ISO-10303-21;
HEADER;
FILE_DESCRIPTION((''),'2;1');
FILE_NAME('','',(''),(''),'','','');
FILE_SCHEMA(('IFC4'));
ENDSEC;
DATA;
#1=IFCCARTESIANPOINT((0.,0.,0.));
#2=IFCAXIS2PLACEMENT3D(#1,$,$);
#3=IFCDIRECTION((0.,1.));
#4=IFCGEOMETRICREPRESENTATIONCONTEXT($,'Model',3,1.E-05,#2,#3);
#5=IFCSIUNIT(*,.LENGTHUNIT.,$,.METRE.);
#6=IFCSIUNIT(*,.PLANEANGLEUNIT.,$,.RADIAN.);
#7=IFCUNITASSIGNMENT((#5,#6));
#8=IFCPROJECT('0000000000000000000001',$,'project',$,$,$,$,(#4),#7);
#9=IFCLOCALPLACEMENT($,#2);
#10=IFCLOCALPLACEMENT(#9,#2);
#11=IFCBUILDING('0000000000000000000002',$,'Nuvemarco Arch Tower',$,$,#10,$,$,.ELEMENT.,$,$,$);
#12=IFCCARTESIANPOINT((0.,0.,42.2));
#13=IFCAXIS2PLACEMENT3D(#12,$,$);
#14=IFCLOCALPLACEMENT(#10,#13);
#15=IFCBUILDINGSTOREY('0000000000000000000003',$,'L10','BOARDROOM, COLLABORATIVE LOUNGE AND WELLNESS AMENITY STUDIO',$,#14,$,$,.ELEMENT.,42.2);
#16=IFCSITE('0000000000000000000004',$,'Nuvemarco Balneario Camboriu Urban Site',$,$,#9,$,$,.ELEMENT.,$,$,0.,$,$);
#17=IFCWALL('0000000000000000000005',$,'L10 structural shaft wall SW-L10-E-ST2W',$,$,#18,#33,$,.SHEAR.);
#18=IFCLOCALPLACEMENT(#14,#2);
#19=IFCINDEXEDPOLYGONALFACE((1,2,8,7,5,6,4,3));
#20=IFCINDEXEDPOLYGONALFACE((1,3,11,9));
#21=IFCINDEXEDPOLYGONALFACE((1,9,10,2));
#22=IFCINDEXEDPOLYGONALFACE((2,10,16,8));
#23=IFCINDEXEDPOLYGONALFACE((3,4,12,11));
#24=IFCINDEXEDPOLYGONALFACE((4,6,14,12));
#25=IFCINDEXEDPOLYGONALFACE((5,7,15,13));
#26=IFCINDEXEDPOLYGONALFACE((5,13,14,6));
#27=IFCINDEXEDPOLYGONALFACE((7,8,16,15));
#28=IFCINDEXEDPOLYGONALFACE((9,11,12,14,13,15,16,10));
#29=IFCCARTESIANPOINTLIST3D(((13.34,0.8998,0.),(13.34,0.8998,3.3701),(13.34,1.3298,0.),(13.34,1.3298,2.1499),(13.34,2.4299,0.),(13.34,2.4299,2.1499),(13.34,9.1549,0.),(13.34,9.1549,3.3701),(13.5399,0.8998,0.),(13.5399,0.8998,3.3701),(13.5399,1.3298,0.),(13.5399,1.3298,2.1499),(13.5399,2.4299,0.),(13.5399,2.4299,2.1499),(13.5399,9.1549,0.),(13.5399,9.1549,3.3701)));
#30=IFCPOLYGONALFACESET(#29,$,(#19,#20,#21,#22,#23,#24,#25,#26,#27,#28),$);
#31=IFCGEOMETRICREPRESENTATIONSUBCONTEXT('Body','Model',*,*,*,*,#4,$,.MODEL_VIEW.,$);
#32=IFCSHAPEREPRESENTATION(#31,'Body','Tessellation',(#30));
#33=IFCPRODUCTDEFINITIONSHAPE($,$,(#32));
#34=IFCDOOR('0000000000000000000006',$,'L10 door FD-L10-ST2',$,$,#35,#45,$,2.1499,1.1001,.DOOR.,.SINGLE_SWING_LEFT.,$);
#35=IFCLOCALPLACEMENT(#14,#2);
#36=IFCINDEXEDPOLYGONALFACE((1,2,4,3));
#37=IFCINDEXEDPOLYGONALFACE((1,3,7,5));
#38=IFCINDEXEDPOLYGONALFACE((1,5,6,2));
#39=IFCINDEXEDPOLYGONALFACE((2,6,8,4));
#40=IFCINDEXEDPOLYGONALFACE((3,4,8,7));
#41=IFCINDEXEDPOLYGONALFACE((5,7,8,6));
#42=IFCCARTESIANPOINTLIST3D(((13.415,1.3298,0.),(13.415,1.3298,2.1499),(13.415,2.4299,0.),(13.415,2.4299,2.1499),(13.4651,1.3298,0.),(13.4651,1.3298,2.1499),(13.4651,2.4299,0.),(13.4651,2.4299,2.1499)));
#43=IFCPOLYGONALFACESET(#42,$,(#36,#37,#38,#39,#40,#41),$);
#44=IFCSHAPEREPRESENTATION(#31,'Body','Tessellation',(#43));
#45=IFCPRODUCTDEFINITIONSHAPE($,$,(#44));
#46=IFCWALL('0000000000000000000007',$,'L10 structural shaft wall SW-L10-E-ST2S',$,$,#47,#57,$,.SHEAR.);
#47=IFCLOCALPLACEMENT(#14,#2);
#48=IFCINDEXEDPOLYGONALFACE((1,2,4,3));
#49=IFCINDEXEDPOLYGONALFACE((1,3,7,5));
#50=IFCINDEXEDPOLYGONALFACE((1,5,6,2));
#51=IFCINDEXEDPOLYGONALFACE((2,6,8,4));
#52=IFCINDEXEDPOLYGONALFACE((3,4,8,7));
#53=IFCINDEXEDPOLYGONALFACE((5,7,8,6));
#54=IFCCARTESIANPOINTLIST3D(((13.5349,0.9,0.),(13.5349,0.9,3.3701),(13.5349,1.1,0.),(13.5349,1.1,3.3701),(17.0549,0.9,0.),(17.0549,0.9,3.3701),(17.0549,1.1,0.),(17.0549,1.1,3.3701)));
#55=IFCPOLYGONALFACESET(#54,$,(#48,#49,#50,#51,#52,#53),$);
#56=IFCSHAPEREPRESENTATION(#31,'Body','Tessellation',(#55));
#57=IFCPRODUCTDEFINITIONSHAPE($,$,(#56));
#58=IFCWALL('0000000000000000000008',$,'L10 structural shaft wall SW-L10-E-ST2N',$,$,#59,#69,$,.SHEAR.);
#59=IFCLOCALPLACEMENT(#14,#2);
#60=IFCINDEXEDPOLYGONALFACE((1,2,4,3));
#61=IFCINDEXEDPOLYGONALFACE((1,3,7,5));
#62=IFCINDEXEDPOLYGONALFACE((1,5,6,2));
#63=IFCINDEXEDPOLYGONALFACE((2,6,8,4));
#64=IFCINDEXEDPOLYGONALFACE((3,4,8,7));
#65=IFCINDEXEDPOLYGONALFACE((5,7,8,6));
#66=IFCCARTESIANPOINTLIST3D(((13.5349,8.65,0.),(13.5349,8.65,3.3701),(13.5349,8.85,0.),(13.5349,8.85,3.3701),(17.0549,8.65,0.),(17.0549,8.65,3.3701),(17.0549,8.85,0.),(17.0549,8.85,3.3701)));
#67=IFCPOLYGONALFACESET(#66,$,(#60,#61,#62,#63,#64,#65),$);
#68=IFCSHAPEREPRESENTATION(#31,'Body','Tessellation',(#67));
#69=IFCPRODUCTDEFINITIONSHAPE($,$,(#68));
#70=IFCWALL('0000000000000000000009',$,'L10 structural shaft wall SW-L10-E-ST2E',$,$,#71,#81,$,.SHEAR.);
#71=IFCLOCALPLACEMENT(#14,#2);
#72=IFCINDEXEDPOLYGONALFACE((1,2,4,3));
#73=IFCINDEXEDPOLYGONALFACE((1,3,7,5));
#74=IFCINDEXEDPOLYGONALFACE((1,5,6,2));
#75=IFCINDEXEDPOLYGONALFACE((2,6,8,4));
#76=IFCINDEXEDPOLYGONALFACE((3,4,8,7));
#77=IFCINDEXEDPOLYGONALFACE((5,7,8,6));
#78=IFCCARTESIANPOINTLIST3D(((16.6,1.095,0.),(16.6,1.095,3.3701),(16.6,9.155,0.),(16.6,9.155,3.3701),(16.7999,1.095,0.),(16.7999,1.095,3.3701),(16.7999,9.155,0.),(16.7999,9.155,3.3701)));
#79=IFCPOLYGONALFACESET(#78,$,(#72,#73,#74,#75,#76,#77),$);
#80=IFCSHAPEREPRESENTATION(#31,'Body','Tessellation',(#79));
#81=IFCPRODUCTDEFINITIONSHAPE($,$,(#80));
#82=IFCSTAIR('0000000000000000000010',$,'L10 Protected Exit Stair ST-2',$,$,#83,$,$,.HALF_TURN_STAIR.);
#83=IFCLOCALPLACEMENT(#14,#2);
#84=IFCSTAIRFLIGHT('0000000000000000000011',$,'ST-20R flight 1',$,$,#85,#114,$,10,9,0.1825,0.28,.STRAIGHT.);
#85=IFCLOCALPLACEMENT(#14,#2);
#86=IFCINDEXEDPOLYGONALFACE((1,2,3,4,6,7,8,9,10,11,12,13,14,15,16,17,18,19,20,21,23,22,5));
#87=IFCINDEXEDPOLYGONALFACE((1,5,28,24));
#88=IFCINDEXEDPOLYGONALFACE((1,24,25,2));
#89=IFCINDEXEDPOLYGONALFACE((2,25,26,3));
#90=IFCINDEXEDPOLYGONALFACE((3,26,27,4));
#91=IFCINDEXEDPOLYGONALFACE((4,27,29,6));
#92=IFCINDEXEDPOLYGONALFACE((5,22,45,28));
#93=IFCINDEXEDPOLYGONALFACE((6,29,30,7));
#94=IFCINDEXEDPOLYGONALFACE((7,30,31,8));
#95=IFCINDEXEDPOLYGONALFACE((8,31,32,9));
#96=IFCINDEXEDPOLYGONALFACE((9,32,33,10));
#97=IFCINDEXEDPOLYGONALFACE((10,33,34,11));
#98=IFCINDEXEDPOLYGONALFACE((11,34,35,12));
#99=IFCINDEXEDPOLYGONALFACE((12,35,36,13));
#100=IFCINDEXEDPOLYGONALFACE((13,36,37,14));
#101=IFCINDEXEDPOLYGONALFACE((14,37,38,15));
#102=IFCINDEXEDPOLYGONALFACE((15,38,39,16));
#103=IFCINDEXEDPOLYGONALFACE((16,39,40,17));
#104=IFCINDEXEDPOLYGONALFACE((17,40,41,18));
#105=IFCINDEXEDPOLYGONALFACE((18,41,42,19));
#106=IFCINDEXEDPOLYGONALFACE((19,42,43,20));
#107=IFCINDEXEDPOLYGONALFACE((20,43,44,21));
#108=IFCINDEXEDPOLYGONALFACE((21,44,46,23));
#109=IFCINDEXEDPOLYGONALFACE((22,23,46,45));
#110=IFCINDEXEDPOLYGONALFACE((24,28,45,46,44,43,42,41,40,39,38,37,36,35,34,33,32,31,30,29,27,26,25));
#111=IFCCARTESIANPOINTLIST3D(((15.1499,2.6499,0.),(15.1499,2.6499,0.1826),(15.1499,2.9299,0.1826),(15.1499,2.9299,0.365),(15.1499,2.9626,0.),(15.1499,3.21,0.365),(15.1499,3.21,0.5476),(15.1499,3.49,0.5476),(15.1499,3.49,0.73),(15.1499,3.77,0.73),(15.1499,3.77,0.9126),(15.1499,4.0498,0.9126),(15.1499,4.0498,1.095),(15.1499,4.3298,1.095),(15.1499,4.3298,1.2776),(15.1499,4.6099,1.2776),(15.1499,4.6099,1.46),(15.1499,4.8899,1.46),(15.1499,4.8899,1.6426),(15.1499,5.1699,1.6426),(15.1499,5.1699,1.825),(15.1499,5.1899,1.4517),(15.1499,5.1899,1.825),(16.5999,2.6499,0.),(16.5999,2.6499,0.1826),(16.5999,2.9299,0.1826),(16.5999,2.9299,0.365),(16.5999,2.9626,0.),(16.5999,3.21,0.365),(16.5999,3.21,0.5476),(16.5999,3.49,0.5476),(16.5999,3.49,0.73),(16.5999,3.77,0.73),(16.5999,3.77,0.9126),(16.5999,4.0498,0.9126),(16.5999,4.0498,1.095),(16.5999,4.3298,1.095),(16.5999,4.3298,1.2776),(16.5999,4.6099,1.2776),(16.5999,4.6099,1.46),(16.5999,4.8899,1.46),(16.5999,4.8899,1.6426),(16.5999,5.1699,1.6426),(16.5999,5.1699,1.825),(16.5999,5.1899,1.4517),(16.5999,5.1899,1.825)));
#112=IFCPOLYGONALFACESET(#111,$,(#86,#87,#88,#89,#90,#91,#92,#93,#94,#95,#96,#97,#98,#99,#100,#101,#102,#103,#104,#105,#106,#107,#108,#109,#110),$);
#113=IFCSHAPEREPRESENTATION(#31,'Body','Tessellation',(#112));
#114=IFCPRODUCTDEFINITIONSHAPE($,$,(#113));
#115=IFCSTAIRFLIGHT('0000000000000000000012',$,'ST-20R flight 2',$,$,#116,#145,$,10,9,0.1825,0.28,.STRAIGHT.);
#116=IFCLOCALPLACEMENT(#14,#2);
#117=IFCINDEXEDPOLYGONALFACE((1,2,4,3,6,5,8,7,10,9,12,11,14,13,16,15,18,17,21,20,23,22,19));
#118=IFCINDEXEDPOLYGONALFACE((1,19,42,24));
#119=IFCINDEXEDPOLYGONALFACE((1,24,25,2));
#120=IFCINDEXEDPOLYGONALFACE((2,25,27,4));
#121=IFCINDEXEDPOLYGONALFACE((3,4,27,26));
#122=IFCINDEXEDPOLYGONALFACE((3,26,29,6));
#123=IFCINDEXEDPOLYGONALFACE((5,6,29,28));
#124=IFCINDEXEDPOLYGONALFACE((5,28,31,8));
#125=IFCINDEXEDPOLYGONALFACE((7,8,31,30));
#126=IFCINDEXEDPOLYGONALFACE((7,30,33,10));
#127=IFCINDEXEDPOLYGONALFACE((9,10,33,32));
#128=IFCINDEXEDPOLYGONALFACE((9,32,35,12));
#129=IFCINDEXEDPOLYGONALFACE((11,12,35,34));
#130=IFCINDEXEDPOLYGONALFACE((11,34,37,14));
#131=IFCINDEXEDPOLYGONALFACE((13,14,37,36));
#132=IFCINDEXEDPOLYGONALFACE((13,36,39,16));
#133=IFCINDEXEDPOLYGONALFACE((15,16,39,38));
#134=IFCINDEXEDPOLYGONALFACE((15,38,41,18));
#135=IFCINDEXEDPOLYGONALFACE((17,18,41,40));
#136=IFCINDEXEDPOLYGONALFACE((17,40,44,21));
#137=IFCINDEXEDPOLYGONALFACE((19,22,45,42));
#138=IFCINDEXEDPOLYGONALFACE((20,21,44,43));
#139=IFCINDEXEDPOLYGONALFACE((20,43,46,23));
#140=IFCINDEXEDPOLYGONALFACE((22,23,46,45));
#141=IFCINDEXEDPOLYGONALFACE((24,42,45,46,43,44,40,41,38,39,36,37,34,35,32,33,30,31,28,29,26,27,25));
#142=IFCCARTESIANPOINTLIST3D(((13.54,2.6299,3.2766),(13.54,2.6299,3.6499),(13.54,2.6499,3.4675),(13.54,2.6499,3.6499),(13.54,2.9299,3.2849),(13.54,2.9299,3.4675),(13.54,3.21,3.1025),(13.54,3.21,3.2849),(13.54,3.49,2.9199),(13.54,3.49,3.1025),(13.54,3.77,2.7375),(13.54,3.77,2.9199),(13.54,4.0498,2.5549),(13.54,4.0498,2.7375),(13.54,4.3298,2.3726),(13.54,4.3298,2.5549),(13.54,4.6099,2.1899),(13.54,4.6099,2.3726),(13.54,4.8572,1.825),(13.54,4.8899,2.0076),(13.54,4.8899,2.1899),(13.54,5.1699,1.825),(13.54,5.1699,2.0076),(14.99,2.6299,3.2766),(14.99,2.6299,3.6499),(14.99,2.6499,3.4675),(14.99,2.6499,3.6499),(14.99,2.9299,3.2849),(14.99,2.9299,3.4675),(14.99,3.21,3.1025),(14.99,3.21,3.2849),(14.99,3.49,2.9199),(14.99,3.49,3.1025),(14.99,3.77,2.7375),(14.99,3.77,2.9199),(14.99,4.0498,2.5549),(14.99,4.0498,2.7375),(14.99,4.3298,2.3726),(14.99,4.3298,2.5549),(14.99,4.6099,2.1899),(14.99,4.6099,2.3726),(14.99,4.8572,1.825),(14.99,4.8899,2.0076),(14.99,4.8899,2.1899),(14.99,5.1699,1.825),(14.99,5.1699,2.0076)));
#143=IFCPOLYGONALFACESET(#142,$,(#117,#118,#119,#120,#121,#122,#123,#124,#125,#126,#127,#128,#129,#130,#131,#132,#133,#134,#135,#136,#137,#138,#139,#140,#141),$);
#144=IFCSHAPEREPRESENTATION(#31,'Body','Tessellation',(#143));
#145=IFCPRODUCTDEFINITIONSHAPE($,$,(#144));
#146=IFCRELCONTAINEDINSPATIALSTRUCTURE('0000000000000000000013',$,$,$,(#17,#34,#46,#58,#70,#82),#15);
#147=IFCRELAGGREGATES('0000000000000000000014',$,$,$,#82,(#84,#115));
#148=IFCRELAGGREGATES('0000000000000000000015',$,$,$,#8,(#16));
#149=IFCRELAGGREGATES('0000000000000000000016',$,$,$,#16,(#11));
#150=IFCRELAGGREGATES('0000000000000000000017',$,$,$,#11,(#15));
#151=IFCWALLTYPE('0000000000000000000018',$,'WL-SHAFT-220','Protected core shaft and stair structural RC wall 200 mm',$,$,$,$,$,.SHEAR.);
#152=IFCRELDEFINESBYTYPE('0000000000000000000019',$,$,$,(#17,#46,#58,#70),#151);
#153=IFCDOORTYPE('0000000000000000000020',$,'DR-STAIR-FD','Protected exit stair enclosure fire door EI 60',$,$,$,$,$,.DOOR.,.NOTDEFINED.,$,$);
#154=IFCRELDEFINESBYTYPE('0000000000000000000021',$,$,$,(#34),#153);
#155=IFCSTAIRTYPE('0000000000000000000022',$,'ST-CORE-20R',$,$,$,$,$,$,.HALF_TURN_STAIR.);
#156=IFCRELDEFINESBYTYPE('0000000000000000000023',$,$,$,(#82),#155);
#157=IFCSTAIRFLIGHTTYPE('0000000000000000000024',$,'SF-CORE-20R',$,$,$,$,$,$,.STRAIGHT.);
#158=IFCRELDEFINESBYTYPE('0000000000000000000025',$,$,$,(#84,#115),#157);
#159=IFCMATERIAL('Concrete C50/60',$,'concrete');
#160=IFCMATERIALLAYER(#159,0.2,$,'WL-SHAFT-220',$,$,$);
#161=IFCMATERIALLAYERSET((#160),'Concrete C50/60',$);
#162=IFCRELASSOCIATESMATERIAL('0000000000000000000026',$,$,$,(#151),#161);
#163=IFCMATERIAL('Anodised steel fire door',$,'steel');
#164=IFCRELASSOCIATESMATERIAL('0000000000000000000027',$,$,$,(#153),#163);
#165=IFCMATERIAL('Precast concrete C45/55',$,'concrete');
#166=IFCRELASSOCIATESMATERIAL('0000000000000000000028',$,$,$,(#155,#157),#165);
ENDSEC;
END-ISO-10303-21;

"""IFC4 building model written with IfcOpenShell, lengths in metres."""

from ifc_helpers import new_model, si_unit, direction, frame, frame_2d, origin, place, context, subcontext, project, spatial, polyline, rectangle, outline, extrude, source, transform, mapped, material, layer, layer_set, type_object, type_shapes, element, fill, aggregate, save


model = new_model("IFC4")

# Units and contexts
model_context = context("Model", 3, precision=1e-05, world=origin(), true_north=direction((0.0, 1.0)))
body_context = subcontext(model_context, "Body", "Model", "MODEL_VIEW")
ifc_project = project(units=[si_unit("LENGTHUNIT", "METRE"), si_unit("PLANEANGLEUNIT", "RADIAN")], contexts=[model_context])

# Site, building, storey
site_placement = place(None, origin())
site = spatial("IfcSite", under=ifc_project, at=site_placement, Name="Nuvemarco Balneario Camboriu Urban Site", CompositionType="ELEMENT", RefElevation=0.0)
building_placement = place(site_placement, origin())
building = spatial("IfcBuilding", under=site, at=building_placement, Name="Nuvemarco Arch Tower", CompositionType="ELEMENT")
storey_placement = place(building_placement, frame((0.0, 0.0, 42.2)))
storey = spatial("IfcBuildingStorey", under=building, at=storey_placement, Name="L10", Description="BOARDROOM, COLLABORATIVE LOUNGE AND WELLNESS AMENITY STUDIO", CompositionType="ELEMENT", Elevation=42.2)

# Shared definitions
ifc_material_1 = material(Name="Anodised steel fire door", Category="steel")

# Wall, opening, door
ifc_material_2 = material(Name="Concrete C50/60", Category="concrete")
ifc_layer_1 = layer(ifc_material_2, 0.2, Name="WL-SHAFT-220")
ifc_layer_set_1 = layer_set([ifc_layer_1], Name="Concrete C50/60")
wall_type_1 = type_object("IfcWallType", Name="WL-SHAFT-220", Description="Protected core shaft and stair structural RC wall 200 mm", PredefinedType="SHEAR", material=ifc_layer_set_1)
wall_1_placement = place(storey_placement, frame((13.4399, 0.8999, 0.0), z_axis=(0.0, 0.0, 1.0), x_axis=(0.0, 1.0, 0.0)))
wall_1 = element("IfcWall", 1, at=wall_1_placement, inside=storey, type_object=wall_type_1, Name="L10 structural shaft wall SW-L10-E-ST2W", PredefinedType="SHEAR", context=body_context, shape_type="SweptSolid", body=[
    extrude(rectangle(XDim=8.2551, YDim=0.2, at=frame_2d((4.1274, 0.0))), origin(), (0.0, 0.0, 1.0), 3.3701),
])
opening_1_placement = place(wall_1_placement, frame((0.4299, 0.0, 0.0)))
opening_1 = element("IfcOpeningElement", 2, at=opening_1_placement, cuts=wall_1, PredefinedType="OPENING", context=body_context, shape_type="SweptSolid", body=[
    extrude(rectangle(XDim=1.1001, YDim=2.1499, at=frame_2d((0.55, 1.075))), frame((0.0, 0.1099, 0.0), z_axis=(0.0, -1.0, 0.0), x_axis=(1.0, 0.0, 0.0)), (0.0, 0.0, 1.0), 0.22),
])
door_type_1 = type_object("IfcDoorType", Name="DR-STAIR-FD", Description="Protected exit stair enclosure fire door EI 60", OperationType="NOTDEFINED", PredefinedType="DOOR", material=ifc_material_1)
shared_shape_1 = source(origin(), body_context, "Body", "SweptSolid", [
    extrude(rectangle(XDim=1.1001, YDim=2.1499, at=frame_2d((0.55, 1.075))), frame((0.0, 0.0249, 0.0), z_axis=(0.0, -1.0, 0.0), x_axis=(1.0, 0.0, 0.0)), (0.0, 0.0, 1.0), 0.05),
])
type_shapes(door_type_1, [shared_shape_1])
door_1_placement = place(opening_1_placement, origin())
door_1 = element("IfcDoor", 3, at=door_1_placement, inside=storey, type_object=door_type_1, Name="L10 door FD-L10-ST2", OperationType="SINGLE_SWING_LEFT", OverallHeight=2.1499, OverallWidth=1.1001, PredefinedType="DOOR", context=body_context, shape_type="MappedRepresentation", body=[
    mapped(shared_shape_1, transform((0.0, 0.0, 0.0), scale=1.0)),
])
fill(opening_1, door_1)

# Walls
for number, where, z_axis, x_axis, name in (
    (4, (13.5349, 1.0, 0.0), (0.0, 0.0, 1.0), (1.0, 0.0, 0.0), "L10 structural shaft wall SW-L10-E-ST2S"),
    (5, (13.5349, 8.75, 0.0), (0.0, 0.0, 1.0), (1.0, 0.0, 0.0), "L10 structural shaft wall SW-L10-E-ST2N"),
):
    element("IfcWall", number, at=place(storey_placement, frame(where, z_axis=z_axis, x_axis=x_axis)), inside=storey, type_object=wall_type_1, Name=name, PredefinedType="SHEAR", context=body_context, shape_type="SweptSolid", body=[
        extrude(rectangle(XDim=3.52, YDim=0.2, at=frame_2d((1.76, 0.0))), origin(), (0.0, 0.0, 1.0), 3.3701),
    ])
wall_2_placement = place(storey_placement, frame((16.7, 1.095, 0.0), z_axis=(0.0, 0.0, 1.0), x_axis=(0.0, 1.0, 0.0)))
element("IfcWall", 6, at=wall_2_placement, inside=storey, type_object=wall_type_1, Name="L10 structural shaft wall SW-L10-E-ST2E", PredefinedType="SHEAR", context=body_context, shape_type="SweptSolid", body=[
    extrude(rectangle(XDim=8.0601, YDim=0.2, at=frame_2d((4.03, 0.0))), origin(), (0.0, 0.0, 1.0), 3.3701),
])

# Stair, stair flights
ifc_material_3 = material(Name="Precast concrete C45/55", Category="concrete")
stair_type = type_object("IfcStairType", Name="ST-CORE-20R", PredefinedType="HALF_TURN_STAIR", material=ifc_material_3)
stair_placement = place(storey_placement, origin())
stair = element("IfcStair", 7, at=stair_placement, inside=storey, type_object=stair_type, Name="L10 Protected Exit Stair ST-2", PredefinedType="HALF_TURN_STAIR")
stair_flight_type = type_object("IfcStairFlightType", Name="SF-CORE-20R", PredefinedType="STRAIGHT", material=ifc_material_3)
stair_flight_1_placement = place(storey_placement, frame((15.875, 2.6499, 0.0), z_axis=(0.0, 0.0, 1.0), x_axis=(0.0, 1.0, 0.0)))
stair_flight_1 = element("IfcStairFlight", 8, at=stair_flight_1_placement, type_object=stair_flight_type, Name="ST-20R flight 1", NumberOfRisers=10, NumberOfTreads=9, PredefinedType="STRAIGHT", RiserHeight=0.1825, TreadLength=0.28, context=body_context, shape_type="SweptSolid", body=[
    extrude(outline(polyline([(0.0, 0.0), (0.0, 0.1826), (0.28, 0.1826), (0.28, 0.365), (0.5601, 0.365), (0.5601, 0.5476), (0.8401, 0.5476), (0.8401, 0.73), (1.1201, 0.73), (1.1201, 0.9126), (1.3999, 0.9126), (1.3999, 1.095), (1.6799, 1.095), (1.6799, 1.2776), (1.96, 1.2776), (1.96, 1.46), (2.24, 1.46), (2.24, 1.6426), (2.52, 1.6426), (2.52, 1.825), (2.54, 1.825), (2.54, 1.4517), (0.3127, 0.0), (0.0, 0.0)])), frame((0.0, 0.7251, 0.0), z_axis=(0.0, -1.0, 0.0), x_axis=(1.0, 0.0, 0.0)), (0.0, 0.0, 1.0), 1.45),
])
stair_flight_2_placement = place(storey_placement, frame((14.2649, 5.1699, 1.825), z_axis=(0.0, 0.0, 1.0), x_axis=(0.0, -1.0, 0.0)))
stair_flight_2 = element("IfcStairFlight", 9, at=stair_flight_2_placement, type_object=stair_flight_type, Name="ST-20R flight 2", NumberOfRisers=10, NumberOfTreads=9, PredefinedType="STRAIGHT", RiserHeight=0.1825, TreadLength=0.28, context=body_context, shape_type="SweptSolid", body=[
    extrude(outline(polyline([(0.0, 0.0), (0.0, 0.1826), (0.28, 0.1826), (0.28, 0.365), (0.5601, 0.365), (0.5601, 0.5476), (0.8401, 0.5476), (0.8401, 0.73), (1.1201, 0.73), (1.1201, 0.9126), (1.3999, 0.9126), (1.3999, 1.095), (1.6799, 1.095), (1.6799, 1.2776), (1.96, 1.2776), (1.96, 1.46), (2.24, 1.46), (2.24, 1.6426), (2.52, 1.6426), (2.52, 1.825), (2.54, 1.825), (2.54, 1.4517), (0.3127, 0.0), (0.0, 0.0)])), frame((0.0, 0.7251, 0.0), z_axis=(0.0, -1.0, 0.0), x_axis=(1.0, 0.0, 0.0)), (0.0, 0.0, 1.0), 1.45),
])
aggregate(stair, [stair_flight_1, stair_flight_2])

save(model, "model.ifc")
